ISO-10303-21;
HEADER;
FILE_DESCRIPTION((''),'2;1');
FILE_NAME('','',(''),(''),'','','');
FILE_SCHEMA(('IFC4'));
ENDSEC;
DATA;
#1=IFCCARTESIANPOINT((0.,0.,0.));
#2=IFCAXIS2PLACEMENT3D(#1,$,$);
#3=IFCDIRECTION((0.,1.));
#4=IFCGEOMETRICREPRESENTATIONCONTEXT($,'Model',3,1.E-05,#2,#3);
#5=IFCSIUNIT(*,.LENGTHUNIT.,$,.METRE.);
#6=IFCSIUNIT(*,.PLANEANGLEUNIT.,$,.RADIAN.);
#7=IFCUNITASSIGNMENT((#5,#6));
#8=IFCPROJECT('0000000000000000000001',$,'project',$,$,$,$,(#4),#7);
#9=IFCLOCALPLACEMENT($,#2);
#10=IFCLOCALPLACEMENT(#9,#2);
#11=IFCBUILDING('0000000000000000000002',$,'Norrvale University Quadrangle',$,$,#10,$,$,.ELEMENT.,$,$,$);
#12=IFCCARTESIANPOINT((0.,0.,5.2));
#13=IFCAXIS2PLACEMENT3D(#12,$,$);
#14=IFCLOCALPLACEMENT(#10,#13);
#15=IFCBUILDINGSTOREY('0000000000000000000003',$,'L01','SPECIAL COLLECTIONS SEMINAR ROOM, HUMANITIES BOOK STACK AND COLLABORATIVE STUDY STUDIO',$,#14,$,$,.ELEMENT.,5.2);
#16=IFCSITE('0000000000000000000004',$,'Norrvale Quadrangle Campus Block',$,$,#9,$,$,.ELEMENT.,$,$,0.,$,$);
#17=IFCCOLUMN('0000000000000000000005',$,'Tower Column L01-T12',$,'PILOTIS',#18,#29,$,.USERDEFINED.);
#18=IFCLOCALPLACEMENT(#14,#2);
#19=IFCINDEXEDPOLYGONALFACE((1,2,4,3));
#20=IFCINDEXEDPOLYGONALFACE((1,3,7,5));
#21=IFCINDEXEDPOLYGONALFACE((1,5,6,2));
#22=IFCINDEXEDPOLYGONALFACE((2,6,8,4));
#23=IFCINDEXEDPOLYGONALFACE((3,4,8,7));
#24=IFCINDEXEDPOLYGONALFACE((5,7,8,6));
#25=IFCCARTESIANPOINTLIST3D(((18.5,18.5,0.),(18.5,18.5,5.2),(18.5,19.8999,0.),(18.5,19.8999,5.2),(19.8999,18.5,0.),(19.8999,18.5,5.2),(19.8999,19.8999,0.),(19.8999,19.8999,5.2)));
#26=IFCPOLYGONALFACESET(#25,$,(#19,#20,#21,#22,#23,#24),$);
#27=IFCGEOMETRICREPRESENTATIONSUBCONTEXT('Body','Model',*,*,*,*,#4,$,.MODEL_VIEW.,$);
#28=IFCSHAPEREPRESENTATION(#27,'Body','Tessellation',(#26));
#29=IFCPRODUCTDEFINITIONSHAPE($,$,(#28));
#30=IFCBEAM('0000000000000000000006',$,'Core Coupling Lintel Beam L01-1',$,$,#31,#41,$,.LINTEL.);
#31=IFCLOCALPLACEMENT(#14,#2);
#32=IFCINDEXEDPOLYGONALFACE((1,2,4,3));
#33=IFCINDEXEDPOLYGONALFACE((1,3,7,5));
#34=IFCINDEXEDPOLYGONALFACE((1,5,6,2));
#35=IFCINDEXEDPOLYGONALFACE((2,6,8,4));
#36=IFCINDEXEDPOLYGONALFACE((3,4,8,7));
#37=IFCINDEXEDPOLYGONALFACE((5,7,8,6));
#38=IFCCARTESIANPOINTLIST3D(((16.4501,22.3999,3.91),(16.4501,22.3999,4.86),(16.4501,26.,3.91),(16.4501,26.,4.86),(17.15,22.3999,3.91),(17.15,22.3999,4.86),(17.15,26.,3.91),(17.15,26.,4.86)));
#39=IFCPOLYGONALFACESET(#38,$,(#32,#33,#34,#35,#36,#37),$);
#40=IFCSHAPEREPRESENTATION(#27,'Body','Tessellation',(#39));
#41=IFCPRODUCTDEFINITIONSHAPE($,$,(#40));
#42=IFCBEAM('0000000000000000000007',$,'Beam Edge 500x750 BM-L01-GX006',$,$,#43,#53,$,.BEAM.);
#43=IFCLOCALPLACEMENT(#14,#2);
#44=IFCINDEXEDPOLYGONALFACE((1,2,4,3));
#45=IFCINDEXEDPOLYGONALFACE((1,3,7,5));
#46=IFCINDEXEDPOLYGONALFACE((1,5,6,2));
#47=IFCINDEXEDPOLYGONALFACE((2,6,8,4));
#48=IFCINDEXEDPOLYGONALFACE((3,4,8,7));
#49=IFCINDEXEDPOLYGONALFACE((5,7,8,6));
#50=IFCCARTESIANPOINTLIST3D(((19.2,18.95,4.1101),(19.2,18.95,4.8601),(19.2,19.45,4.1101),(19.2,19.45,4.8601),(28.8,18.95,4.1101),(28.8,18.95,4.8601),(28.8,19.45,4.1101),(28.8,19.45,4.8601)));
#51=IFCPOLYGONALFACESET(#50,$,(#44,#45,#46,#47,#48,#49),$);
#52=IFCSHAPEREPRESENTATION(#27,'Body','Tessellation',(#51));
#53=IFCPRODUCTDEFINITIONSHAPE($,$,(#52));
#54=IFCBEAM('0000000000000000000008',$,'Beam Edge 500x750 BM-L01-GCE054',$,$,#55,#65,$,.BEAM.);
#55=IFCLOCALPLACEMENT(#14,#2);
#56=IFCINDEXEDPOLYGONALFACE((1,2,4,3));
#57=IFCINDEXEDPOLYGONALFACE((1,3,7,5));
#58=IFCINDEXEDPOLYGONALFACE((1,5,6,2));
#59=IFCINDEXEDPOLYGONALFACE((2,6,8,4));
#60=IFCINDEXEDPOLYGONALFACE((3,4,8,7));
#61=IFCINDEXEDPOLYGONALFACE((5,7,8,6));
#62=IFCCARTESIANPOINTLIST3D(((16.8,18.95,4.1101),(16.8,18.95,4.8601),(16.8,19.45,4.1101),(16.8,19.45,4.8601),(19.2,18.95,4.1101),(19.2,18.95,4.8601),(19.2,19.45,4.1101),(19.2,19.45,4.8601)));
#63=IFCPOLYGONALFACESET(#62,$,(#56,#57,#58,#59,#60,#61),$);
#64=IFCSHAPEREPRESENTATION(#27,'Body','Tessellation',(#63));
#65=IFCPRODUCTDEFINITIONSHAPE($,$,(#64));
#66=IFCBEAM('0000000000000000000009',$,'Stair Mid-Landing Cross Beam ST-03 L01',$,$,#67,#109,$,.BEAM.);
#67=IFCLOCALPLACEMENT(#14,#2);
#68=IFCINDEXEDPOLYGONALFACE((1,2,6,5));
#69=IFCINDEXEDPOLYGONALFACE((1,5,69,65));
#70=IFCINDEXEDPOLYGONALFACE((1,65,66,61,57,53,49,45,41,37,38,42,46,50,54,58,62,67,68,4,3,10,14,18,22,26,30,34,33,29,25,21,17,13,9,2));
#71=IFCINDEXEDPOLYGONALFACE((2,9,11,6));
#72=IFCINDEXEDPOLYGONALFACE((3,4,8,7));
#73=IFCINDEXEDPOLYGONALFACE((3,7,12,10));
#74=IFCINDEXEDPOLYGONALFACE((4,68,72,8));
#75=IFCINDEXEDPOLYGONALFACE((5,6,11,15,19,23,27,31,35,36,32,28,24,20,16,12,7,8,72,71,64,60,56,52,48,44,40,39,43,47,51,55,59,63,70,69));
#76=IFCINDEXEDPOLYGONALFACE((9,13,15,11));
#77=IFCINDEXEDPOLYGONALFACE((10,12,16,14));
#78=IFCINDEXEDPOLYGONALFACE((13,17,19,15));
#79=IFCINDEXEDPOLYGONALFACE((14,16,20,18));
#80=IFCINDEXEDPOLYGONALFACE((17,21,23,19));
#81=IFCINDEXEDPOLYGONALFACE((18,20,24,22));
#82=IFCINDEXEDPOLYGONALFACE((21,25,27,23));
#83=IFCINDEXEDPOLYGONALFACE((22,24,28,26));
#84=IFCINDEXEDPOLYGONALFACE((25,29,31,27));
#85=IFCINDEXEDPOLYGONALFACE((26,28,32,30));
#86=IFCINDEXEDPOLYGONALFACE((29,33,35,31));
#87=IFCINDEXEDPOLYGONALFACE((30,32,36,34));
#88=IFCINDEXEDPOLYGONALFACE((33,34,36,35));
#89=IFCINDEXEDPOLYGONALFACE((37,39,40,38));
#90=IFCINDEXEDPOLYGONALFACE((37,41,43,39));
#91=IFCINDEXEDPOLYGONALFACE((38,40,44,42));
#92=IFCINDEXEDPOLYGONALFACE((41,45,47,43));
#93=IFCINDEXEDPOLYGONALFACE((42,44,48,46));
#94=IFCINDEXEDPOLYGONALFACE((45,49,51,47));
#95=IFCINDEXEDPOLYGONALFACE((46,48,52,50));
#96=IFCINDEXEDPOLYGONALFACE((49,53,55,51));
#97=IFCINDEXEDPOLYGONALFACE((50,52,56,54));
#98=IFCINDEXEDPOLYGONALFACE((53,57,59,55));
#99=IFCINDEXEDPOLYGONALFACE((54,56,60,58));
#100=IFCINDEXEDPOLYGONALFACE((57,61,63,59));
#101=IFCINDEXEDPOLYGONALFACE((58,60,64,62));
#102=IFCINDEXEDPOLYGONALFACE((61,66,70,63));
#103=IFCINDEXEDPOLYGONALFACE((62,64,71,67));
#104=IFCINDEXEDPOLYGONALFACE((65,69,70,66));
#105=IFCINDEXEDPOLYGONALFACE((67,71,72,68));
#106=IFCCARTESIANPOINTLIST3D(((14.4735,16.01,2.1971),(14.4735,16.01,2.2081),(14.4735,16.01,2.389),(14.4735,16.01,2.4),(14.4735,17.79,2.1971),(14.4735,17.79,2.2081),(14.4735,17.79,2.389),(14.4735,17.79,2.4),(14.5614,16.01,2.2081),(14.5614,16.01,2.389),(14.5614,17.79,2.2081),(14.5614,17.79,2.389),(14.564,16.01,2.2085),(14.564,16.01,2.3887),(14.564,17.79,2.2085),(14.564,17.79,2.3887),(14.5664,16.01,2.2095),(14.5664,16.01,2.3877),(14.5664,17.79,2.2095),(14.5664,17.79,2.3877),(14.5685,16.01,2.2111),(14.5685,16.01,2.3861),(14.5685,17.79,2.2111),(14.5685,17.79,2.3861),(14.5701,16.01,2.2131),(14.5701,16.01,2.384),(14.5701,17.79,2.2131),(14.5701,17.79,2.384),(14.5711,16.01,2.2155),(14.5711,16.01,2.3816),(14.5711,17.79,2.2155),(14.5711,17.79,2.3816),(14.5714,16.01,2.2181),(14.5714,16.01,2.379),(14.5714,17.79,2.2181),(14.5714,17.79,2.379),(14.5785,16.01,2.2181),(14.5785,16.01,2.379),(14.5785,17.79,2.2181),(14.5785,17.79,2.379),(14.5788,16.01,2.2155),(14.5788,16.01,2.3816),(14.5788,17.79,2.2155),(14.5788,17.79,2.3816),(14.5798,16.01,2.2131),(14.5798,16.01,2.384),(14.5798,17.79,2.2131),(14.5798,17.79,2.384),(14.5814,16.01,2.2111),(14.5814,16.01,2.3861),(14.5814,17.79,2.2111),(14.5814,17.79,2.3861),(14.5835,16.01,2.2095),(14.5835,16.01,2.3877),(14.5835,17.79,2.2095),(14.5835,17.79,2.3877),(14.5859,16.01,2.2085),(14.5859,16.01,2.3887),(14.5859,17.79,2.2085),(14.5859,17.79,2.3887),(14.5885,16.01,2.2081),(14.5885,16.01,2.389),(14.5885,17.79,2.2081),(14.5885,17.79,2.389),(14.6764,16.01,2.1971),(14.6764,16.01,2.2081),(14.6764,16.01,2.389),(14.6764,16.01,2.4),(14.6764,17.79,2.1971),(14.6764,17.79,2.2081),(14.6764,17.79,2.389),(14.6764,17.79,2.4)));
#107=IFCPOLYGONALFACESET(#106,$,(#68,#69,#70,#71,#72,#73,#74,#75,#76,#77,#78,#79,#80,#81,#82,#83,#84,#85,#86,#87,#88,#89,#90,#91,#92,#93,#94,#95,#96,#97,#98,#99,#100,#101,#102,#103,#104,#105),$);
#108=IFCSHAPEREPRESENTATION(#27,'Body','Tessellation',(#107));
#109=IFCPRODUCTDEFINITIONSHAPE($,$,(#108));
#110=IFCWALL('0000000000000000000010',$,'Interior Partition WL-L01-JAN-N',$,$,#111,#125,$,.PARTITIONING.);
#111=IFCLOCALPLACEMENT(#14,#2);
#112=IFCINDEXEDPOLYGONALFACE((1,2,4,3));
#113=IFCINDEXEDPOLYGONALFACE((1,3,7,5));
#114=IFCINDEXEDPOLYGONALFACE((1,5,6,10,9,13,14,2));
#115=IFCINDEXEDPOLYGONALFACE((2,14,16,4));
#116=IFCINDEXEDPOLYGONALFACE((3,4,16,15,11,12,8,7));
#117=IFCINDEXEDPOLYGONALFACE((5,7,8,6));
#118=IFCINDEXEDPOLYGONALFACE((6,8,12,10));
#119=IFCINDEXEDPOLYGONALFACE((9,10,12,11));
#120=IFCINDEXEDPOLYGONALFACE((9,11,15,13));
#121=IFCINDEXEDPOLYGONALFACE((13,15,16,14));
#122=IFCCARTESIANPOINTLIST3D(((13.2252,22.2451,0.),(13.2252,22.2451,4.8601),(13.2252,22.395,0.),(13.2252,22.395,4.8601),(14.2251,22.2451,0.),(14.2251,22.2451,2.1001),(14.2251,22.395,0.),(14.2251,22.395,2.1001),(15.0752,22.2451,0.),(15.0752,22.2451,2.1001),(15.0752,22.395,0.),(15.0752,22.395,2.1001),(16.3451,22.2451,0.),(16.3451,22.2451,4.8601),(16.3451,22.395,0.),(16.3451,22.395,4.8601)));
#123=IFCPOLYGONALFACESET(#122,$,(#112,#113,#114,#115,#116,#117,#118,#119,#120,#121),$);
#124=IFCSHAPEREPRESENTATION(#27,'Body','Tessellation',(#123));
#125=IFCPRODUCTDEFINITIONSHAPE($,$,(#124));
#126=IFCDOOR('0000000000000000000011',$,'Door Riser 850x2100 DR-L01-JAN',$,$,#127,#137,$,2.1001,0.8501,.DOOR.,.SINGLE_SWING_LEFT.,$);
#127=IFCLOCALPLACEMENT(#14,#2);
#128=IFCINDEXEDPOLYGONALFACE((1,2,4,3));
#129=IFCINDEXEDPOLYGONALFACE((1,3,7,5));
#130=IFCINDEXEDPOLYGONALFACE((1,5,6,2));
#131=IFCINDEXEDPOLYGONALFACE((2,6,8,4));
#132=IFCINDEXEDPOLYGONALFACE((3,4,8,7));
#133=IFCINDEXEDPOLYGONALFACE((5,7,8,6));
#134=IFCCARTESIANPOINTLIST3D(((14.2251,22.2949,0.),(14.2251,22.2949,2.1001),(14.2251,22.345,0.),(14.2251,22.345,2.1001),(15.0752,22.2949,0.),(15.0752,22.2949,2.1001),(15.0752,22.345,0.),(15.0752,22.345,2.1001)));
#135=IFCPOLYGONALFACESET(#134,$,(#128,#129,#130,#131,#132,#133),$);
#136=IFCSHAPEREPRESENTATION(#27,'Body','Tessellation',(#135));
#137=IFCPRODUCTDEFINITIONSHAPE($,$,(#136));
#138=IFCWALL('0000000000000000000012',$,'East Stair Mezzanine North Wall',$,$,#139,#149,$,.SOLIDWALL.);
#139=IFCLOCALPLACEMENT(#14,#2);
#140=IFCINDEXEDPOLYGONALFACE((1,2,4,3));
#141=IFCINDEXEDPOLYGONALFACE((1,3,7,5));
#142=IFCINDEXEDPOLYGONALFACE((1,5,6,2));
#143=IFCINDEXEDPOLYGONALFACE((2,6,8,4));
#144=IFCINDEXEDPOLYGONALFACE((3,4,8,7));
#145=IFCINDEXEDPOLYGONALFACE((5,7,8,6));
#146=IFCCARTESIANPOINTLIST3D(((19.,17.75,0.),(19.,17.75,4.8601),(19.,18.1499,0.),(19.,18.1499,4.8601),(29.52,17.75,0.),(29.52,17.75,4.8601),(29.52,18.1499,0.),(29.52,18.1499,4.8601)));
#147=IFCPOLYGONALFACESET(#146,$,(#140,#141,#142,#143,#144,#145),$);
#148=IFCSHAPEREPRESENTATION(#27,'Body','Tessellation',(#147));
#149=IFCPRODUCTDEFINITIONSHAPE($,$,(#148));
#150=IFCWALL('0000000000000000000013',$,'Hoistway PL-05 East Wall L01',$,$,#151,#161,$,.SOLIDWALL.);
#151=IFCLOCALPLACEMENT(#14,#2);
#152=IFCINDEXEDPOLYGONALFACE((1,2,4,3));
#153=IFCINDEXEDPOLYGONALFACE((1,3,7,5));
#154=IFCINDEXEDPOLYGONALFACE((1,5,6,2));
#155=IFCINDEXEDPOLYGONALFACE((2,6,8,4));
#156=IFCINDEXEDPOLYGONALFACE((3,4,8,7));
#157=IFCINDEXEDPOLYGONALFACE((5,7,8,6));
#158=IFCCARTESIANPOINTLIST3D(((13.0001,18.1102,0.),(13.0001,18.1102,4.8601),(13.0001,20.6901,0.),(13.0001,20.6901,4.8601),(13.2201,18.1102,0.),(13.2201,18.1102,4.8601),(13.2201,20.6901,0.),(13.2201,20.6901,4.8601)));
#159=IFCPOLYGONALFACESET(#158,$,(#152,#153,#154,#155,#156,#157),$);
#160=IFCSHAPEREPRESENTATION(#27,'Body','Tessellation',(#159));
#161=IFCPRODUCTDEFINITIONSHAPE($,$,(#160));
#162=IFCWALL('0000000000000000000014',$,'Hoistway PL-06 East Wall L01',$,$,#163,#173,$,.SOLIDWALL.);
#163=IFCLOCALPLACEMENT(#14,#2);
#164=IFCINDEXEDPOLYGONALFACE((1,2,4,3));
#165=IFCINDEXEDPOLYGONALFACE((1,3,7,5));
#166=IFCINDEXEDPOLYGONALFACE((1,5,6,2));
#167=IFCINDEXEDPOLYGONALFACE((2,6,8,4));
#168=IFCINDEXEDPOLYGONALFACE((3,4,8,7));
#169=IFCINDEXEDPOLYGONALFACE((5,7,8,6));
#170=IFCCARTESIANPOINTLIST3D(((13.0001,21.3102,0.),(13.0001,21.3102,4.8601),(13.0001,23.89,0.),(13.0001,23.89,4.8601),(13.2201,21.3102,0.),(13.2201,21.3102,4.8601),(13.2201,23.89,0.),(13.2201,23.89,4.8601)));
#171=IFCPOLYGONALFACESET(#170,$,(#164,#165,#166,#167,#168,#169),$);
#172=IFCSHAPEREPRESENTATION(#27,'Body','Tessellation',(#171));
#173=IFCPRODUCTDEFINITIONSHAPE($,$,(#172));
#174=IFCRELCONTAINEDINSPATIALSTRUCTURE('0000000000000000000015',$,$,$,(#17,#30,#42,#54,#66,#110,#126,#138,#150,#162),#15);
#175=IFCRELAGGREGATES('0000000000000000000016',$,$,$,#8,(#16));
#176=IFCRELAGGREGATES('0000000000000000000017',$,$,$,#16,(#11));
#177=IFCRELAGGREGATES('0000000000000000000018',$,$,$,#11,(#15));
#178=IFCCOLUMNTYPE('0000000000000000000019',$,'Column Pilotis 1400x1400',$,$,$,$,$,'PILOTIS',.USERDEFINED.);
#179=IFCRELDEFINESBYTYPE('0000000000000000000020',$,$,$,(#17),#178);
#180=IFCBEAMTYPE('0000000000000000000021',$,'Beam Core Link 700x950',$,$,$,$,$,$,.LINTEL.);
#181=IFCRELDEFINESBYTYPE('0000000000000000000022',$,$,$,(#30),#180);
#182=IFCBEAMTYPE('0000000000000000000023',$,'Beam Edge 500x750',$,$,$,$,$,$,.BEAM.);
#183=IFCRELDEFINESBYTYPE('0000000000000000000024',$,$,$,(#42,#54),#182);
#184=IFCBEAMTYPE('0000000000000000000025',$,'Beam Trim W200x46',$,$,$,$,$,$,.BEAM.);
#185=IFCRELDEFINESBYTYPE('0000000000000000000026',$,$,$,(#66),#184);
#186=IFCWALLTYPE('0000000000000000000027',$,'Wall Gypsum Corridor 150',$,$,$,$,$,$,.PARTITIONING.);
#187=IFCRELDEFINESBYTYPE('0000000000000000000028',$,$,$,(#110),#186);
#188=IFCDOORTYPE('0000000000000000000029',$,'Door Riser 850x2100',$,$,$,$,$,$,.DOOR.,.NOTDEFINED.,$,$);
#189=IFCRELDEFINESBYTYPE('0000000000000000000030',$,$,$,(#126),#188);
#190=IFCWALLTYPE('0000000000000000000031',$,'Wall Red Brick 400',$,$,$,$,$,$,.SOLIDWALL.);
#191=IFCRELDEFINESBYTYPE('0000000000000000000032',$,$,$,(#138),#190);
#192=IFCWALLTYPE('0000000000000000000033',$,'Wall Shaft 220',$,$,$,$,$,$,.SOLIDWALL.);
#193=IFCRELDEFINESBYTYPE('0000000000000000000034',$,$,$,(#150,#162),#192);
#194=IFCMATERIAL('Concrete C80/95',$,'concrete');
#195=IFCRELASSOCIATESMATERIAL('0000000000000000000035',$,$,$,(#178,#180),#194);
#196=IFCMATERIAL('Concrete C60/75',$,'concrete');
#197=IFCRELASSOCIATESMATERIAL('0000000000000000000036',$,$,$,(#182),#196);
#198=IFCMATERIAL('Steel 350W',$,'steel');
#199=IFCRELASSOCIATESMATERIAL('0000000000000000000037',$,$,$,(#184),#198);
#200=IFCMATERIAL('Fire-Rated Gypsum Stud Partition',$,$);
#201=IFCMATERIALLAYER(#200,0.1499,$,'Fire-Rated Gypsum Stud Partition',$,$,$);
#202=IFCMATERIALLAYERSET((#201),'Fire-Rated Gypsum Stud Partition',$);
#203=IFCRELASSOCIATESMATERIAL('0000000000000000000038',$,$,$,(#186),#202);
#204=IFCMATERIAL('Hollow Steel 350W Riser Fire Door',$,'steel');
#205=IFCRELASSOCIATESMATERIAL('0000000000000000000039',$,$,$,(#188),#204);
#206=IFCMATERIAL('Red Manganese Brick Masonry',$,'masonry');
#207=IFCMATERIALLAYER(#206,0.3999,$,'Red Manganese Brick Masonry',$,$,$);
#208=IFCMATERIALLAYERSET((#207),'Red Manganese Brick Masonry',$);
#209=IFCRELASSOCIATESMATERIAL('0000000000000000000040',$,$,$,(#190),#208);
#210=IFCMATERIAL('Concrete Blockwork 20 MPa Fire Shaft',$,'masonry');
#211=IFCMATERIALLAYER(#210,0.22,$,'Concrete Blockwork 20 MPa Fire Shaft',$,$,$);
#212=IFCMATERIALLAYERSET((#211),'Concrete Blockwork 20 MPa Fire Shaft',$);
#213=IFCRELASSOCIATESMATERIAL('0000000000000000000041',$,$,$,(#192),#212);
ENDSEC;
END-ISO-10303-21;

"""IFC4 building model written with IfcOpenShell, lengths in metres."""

from ifc_helpers import new_model, si_unit, direction, frame, frame_2d, origin, origin_2d, place, context, subcontext, project, spatial, rectangle, i_section, extrude, material, layer, layer_set, material_profile, profile_set, type_object, element, fill, save


model = new_model("IFC4")

# Units and contexts
model_context = context("Model", 3, precision=1e-05, world=origin(), true_north=direction((0.0, 1.0)))
body_context = subcontext(model_context, "Body", "Model", "MODEL_VIEW")
ifc_project = project(units=[si_unit("LENGTHUNIT", "METRE"), si_unit("PLANEANGLEUNIT", "RADIAN")], contexts=[model_context])

# Site, building, storey
site_placement = place(None, origin())
site = spatial("IfcSite", under=ifc_project, at=site_placement, Name="Norrvale Quadrangle Campus Block", CompositionType="ELEMENT", RefElevation=0.0)
building_placement = place(site_placement, origin())
building = spatial("IfcBuilding", under=site, at=building_placement, Name="Norrvale University Quadrangle", CompositionType="ELEMENT")
storey_placement = place(building_placement, frame((0.0, 0.0, 5.2)))
storey = spatial("IfcBuildingStorey", under=building, at=storey_placement, Name="L01", Description="SPECIAL COLLECTIONS SEMINAR ROOM, HUMANITIES BOOK STACK AND COLLABORATIVE STUDY STUDIO", CompositionType="ELEMENT", Elevation=5.2)

# Column
ifc_material_1 = material(Name="Concrete C80/95", Category="concrete")
ifc_material_profile_1 = material_profile(ifc_material_1, rectangle(XDim=1.3999, YDim=1.3999, at=origin_2d()), Name="Concrete C80/95")
ifc_profile_set_1 = profile_set([ifc_material_profile_1], Name="Concrete C80/95")
column_type = type_object("IfcColumnType", Name="Column Pilotis 1400x1400", ElementType="PILOTIS", PredefinedType="USERDEFINED", material=ifc_profile_set_1)
column_placement = place(storey_placement, frame((19.2, 19.2, 0.0), z_axis=(0.0, 0.0, 1.0), x_axis=(1.0, 0.0, 0.0)))
element("IfcColumn", 1, at=column_placement, inside=storey, type_object=column_type, Name="Tower Column L01-T12", ObjectType="PILOTIS", PredefinedType="USERDEFINED", context=body_context, shape_type="SweptSolid", body=[
    extrude(rectangle(XDim=1.3999, YDim=1.3999, at=origin_2d()), origin(), (0.0, 0.0, 1.0), 5.2),
])

# Beams
ifc_material_profile_2 = material_profile(ifc_material_1, rectangle(XDim=0.7, YDim=0.95, at=origin_2d()), Name="Concrete C80/95")
ifc_profile_set_2 = profile_set([ifc_material_profile_2], Name="Concrete C80/95")
beam_type_1 = type_object("IfcBeamType", Name="Beam Core Link 700x950", PredefinedType="LINTEL", material=ifc_profile_set_2)
beam_1_placement = place(storey_placement, frame((16.8, 22.3999, 4.385), z_axis=(0.0, 1.0, 0.0), x_axis=(-1.0, 0.0, 0.0)))
element("IfcBeam", 2, at=beam_1_placement, inside=storey, type_object=beam_type_1, Name="Core Coupling Lintel Beam L01-1", PredefinedType="LINTEL", context=body_context, shape_type="SweptSolid", body=[
    extrude(rectangle(XDim=0.7, YDim=0.95, at=origin_2d()), origin(), (0.0, 0.0, 1.0), 3.6001),
])
ifc_material_2 = material(Name="Concrete C60/75", Category="concrete")
ifc_material_profile_3 = material_profile(ifc_material_2, rectangle(XDim=0.5, YDim=0.75, at=origin_2d()), Name="Concrete C60/75")
ifc_profile_set_3 = profile_set([ifc_material_profile_3], Name="Concrete C60/75")
beam_type_2 = type_object("IfcBeamType", Name="Beam Edge 500x750", PredefinedType="BEAM", material=ifc_profile_set_3)
beam_2_placement = place(storey_placement, frame((19.2, 19.2, 4.4851), z_axis=(1.0, 0.0, 0.0), x_axis=(0.0, 1.0, 0.0)))
element("IfcBeam", 3, at=beam_2_placement, inside=storey, type_object=beam_type_2, Name="Beam Edge 500x750 BM-L01-GX006", PredefinedType="BEAM", context=body_context, shape_type="SweptSolid", body=[
    extrude(rectangle(XDim=0.5, YDim=0.75, at=origin_2d()), origin(), (0.0, 0.0, 1.0), 9.6001),
])
beam_3_placement = place(storey_placement, frame((16.8, 19.2, 4.4851), z_axis=(1.0, 0.0, 0.0), x_axis=(0.0, 1.0, 0.0)))
element("IfcBeam", 4, at=beam_3_placement, inside=storey, type_object=beam_type_2, Name="Beam Edge 500x750 BM-L01-GCE054", PredefinedType="BEAM", context=body_context, shape_type="SweptSolid", body=[
    extrude(rectangle(XDim=0.5, YDim=0.75, at=origin_2d()), origin(), (0.0, 0.0, 1.0), 2.3999),
])
ifc_material_3 = material(Name="Steel 350W", Category="steel")
ifc_material_profile_4 = material_profile(ifc_material_3, i_section(OverallWidth=0.2029, OverallDepth=0.2029, WebThickness=0.0071, FlangeThickness=0.011, FilletRadius=0.01, at=origin_2d()), Name="Steel 350W")
ifc_profile_set_4 = profile_set([ifc_material_profile_4], Name="Steel 350W")
beam_type_3 = type_object("IfcBeamType", Name="Beam Trim W200x46", PredefinedType="BEAM", material=ifc_profile_set_4)
beam_4_placement = place(storey_placement, frame((14.575, 16.01, 2.2986), z_axis=(0.0, 1.0, 0.0), x_axis=(-1.0, 0.0, 0.0)))
element("IfcBeam", 5, at=beam_4_placement, inside=storey, type_object=beam_type_3, Name="Stair Mid-Landing Cross Beam ST-03 L01", PredefinedType="BEAM", context=body_context, shape_type="SweptSolid", body=[
    extrude(i_section(OverallWidth=0.2029, OverallDepth=0.2029, WebThickness=0.0071, FlangeThickness=0.011, FilletRadius=0.01, at=origin_2d()), origin(), (0.0, 0.0, 1.0), 1.78),
])

# Wall, opening, door
ifc_material_4 = material(Name="Fire-Rated Gypsum Stud Partition")
ifc_layer_1 = layer(ifc_material_4, 0.1499, Name="Fire-Rated Gypsum Stud Partition")
ifc_layer_set_1 = layer_set([ifc_layer_1], Name="Fire-Rated Gypsum Stud Partition")
wall_type_1 = type_object("IfcWallType", Name="Wall Gypsum Corridor 150", PredefinedType="PARTITIONING", material=ifc_layer_set_1)
wall_1_placement = place(storey_placement, frame((13.2251, 22.3201, 0.0), z_axis=(0.0, 0.0, 1.0), x_axis=(1.0, 0.0, 0.0)))
wall_1 = element("IfcWall", 6, at=wall_1_placement, inside=storey, type_object=wall_type_1, Name="Interior Partition WL-L01-JAN-N", PredefinedType="PARTITIONING", context=body_context, shape_type="SweptSolid", body=[
    extrude(rectangle(XDim=3.1199, YDim=0.1499, at=frame_2d((1.5601, 0.0))), origin(), (0.0, 0.0, 1.0), 4.8601),
])
opening_placement = place(wall_1_placement, frame((1.0, 0.0, 0.0)))
opening = element("IfcOpeningElement", 7, at=opening_placement, cuts=wall_1, PredefinedType="OPENING", context=body_context, shape_type="SweptSolid", body=[
    extrude(rectangle(XDim=0.8501, YDim=2.1001, at=frame_2d((0.425, 1.05))), frame((0.0, 0.0869, 0.0), z_axis=(0.0, -1.0, 0.0), x_axis=(1.0, 0.0, 0.0)), (0.0, 0.0, 1.0), 0.1738),
])
ifc_material_5 = material(Name="Hollow Steel 350W Riser Fire Door", Category="steel")
door_type = type_object("IfcDoorType", Name="Door Riser 850x2100", OperationType="NOTDEFINED", PredefinedType="DOOR", material=ifc_material_5)
door_placement = place(opening_placement, origin())
door = element("IfcDoor", 8, at=door_placement, inside=storey, type_object=door_type, Name="Door Riser 850x2100 DR-L01-JAN", OperationType="SINGLE_SWING_LEFT", OverallHeight=2.1001, OverallWidth=0.8501, PredefinedType="DOOR", context=body_context, shape_type="SweptSolid", body=[
    extrude(rectangle(XDim=0.8501, YDim=2.1001, at=frame_2d((0.425, 1.05))), frame((0.0, 0.0249, 0.0), z_axis=(0.0, -1.0, 0.0), x_axis=(1.0, 0.0, 0.0)), (0.0, 0.0, 1.0), 0.05),
])
fill(opening, door)

# Walls
ifc_material_6 = material(Name="Red Manganese Brick Masonry", Category="masonry")
ifc_layer_2 = layer(ifc_material_6, 0.3999, Name="Red Manganese Brick Masonry")
ifc_layer_set_2 = layer_set([ifc_layer_2], Name="Red Manganese Brick Masonry")
wall_type_2 = type_object("IfcWallType", Name="Wall Red Brick 400", PredefinedType="SOLIDWALL", material=ifc_layer_set_2)
wall_2_placement = place(storey_placement, frame((19.0, 17.95, 0.0), z_axis=(0.0, 0.0, 1.0), x_axis=(1.0, 0.0, 0.0)))
element("IfcWall", 9, at=wall_2_placement, inside=storey, type_object=wall_type_2, Name="East Stair Mezzanine North Wall", PredefinedType="SOLIDWALL", context=body_context, shape_type="SweptSolid", body=[
    extrude(rectangle(XDim=10.52, YDim=0.3999, at=frame_2d((5.26, 0.0))), origin(), (0.0, 0.0, 1.0), 4.8601),
])
ifc_material_7 = material(Name="Concrete Blockwork 20 MPa Fire Shaft", Category="masonry")
ifc_layer_3 = layer(ifc_material_7, 0.22, Name="Concrete Blockwork 20 MPa Fire Shaft")
ifc_layer_set_3 = layer_set([ifc_layer_3], Name="Concrete Blockwork 20 MPa Fire Shaft")
wall_type_3 = type_object("IfcWallType", Name="Wall Shaft 220", PredefinedType="SOLIDWALL", material=ifc_layer_set_3)
for number, where, z_axis, x_axis, name in (
    (10, (13.1101, 18.1101, 0.0), (0.0, 0.0, 1.0), (0.0, 1.0, 0.0), "Hoistway PL-05 East Wall L01"),
    (11, (13.1101, 21.3101, 0.0), (0.0, 0.0, 1.0), (0.0, 1.0, 0.0), "Hoistway PL-06 East Wall L01"),
):
    element("IfcWall", number, at=place(storey_placement, frame(where, z_axis=z_axis, x_axis=x_axis)), inside=storey, type_object=wall_type_3, Name=name, PredefinedType="SOLIDWALL", context=body_context, shape_type="SweptSolid", body=[
        extrude(rectangle(XDim=2.5798, YDim=0.22, at=frame_2d((1.29, 0.0))), origin(), (0.0, 0.0, 1.0), 4.8601),
    ])

save(model, "model.ifc")
